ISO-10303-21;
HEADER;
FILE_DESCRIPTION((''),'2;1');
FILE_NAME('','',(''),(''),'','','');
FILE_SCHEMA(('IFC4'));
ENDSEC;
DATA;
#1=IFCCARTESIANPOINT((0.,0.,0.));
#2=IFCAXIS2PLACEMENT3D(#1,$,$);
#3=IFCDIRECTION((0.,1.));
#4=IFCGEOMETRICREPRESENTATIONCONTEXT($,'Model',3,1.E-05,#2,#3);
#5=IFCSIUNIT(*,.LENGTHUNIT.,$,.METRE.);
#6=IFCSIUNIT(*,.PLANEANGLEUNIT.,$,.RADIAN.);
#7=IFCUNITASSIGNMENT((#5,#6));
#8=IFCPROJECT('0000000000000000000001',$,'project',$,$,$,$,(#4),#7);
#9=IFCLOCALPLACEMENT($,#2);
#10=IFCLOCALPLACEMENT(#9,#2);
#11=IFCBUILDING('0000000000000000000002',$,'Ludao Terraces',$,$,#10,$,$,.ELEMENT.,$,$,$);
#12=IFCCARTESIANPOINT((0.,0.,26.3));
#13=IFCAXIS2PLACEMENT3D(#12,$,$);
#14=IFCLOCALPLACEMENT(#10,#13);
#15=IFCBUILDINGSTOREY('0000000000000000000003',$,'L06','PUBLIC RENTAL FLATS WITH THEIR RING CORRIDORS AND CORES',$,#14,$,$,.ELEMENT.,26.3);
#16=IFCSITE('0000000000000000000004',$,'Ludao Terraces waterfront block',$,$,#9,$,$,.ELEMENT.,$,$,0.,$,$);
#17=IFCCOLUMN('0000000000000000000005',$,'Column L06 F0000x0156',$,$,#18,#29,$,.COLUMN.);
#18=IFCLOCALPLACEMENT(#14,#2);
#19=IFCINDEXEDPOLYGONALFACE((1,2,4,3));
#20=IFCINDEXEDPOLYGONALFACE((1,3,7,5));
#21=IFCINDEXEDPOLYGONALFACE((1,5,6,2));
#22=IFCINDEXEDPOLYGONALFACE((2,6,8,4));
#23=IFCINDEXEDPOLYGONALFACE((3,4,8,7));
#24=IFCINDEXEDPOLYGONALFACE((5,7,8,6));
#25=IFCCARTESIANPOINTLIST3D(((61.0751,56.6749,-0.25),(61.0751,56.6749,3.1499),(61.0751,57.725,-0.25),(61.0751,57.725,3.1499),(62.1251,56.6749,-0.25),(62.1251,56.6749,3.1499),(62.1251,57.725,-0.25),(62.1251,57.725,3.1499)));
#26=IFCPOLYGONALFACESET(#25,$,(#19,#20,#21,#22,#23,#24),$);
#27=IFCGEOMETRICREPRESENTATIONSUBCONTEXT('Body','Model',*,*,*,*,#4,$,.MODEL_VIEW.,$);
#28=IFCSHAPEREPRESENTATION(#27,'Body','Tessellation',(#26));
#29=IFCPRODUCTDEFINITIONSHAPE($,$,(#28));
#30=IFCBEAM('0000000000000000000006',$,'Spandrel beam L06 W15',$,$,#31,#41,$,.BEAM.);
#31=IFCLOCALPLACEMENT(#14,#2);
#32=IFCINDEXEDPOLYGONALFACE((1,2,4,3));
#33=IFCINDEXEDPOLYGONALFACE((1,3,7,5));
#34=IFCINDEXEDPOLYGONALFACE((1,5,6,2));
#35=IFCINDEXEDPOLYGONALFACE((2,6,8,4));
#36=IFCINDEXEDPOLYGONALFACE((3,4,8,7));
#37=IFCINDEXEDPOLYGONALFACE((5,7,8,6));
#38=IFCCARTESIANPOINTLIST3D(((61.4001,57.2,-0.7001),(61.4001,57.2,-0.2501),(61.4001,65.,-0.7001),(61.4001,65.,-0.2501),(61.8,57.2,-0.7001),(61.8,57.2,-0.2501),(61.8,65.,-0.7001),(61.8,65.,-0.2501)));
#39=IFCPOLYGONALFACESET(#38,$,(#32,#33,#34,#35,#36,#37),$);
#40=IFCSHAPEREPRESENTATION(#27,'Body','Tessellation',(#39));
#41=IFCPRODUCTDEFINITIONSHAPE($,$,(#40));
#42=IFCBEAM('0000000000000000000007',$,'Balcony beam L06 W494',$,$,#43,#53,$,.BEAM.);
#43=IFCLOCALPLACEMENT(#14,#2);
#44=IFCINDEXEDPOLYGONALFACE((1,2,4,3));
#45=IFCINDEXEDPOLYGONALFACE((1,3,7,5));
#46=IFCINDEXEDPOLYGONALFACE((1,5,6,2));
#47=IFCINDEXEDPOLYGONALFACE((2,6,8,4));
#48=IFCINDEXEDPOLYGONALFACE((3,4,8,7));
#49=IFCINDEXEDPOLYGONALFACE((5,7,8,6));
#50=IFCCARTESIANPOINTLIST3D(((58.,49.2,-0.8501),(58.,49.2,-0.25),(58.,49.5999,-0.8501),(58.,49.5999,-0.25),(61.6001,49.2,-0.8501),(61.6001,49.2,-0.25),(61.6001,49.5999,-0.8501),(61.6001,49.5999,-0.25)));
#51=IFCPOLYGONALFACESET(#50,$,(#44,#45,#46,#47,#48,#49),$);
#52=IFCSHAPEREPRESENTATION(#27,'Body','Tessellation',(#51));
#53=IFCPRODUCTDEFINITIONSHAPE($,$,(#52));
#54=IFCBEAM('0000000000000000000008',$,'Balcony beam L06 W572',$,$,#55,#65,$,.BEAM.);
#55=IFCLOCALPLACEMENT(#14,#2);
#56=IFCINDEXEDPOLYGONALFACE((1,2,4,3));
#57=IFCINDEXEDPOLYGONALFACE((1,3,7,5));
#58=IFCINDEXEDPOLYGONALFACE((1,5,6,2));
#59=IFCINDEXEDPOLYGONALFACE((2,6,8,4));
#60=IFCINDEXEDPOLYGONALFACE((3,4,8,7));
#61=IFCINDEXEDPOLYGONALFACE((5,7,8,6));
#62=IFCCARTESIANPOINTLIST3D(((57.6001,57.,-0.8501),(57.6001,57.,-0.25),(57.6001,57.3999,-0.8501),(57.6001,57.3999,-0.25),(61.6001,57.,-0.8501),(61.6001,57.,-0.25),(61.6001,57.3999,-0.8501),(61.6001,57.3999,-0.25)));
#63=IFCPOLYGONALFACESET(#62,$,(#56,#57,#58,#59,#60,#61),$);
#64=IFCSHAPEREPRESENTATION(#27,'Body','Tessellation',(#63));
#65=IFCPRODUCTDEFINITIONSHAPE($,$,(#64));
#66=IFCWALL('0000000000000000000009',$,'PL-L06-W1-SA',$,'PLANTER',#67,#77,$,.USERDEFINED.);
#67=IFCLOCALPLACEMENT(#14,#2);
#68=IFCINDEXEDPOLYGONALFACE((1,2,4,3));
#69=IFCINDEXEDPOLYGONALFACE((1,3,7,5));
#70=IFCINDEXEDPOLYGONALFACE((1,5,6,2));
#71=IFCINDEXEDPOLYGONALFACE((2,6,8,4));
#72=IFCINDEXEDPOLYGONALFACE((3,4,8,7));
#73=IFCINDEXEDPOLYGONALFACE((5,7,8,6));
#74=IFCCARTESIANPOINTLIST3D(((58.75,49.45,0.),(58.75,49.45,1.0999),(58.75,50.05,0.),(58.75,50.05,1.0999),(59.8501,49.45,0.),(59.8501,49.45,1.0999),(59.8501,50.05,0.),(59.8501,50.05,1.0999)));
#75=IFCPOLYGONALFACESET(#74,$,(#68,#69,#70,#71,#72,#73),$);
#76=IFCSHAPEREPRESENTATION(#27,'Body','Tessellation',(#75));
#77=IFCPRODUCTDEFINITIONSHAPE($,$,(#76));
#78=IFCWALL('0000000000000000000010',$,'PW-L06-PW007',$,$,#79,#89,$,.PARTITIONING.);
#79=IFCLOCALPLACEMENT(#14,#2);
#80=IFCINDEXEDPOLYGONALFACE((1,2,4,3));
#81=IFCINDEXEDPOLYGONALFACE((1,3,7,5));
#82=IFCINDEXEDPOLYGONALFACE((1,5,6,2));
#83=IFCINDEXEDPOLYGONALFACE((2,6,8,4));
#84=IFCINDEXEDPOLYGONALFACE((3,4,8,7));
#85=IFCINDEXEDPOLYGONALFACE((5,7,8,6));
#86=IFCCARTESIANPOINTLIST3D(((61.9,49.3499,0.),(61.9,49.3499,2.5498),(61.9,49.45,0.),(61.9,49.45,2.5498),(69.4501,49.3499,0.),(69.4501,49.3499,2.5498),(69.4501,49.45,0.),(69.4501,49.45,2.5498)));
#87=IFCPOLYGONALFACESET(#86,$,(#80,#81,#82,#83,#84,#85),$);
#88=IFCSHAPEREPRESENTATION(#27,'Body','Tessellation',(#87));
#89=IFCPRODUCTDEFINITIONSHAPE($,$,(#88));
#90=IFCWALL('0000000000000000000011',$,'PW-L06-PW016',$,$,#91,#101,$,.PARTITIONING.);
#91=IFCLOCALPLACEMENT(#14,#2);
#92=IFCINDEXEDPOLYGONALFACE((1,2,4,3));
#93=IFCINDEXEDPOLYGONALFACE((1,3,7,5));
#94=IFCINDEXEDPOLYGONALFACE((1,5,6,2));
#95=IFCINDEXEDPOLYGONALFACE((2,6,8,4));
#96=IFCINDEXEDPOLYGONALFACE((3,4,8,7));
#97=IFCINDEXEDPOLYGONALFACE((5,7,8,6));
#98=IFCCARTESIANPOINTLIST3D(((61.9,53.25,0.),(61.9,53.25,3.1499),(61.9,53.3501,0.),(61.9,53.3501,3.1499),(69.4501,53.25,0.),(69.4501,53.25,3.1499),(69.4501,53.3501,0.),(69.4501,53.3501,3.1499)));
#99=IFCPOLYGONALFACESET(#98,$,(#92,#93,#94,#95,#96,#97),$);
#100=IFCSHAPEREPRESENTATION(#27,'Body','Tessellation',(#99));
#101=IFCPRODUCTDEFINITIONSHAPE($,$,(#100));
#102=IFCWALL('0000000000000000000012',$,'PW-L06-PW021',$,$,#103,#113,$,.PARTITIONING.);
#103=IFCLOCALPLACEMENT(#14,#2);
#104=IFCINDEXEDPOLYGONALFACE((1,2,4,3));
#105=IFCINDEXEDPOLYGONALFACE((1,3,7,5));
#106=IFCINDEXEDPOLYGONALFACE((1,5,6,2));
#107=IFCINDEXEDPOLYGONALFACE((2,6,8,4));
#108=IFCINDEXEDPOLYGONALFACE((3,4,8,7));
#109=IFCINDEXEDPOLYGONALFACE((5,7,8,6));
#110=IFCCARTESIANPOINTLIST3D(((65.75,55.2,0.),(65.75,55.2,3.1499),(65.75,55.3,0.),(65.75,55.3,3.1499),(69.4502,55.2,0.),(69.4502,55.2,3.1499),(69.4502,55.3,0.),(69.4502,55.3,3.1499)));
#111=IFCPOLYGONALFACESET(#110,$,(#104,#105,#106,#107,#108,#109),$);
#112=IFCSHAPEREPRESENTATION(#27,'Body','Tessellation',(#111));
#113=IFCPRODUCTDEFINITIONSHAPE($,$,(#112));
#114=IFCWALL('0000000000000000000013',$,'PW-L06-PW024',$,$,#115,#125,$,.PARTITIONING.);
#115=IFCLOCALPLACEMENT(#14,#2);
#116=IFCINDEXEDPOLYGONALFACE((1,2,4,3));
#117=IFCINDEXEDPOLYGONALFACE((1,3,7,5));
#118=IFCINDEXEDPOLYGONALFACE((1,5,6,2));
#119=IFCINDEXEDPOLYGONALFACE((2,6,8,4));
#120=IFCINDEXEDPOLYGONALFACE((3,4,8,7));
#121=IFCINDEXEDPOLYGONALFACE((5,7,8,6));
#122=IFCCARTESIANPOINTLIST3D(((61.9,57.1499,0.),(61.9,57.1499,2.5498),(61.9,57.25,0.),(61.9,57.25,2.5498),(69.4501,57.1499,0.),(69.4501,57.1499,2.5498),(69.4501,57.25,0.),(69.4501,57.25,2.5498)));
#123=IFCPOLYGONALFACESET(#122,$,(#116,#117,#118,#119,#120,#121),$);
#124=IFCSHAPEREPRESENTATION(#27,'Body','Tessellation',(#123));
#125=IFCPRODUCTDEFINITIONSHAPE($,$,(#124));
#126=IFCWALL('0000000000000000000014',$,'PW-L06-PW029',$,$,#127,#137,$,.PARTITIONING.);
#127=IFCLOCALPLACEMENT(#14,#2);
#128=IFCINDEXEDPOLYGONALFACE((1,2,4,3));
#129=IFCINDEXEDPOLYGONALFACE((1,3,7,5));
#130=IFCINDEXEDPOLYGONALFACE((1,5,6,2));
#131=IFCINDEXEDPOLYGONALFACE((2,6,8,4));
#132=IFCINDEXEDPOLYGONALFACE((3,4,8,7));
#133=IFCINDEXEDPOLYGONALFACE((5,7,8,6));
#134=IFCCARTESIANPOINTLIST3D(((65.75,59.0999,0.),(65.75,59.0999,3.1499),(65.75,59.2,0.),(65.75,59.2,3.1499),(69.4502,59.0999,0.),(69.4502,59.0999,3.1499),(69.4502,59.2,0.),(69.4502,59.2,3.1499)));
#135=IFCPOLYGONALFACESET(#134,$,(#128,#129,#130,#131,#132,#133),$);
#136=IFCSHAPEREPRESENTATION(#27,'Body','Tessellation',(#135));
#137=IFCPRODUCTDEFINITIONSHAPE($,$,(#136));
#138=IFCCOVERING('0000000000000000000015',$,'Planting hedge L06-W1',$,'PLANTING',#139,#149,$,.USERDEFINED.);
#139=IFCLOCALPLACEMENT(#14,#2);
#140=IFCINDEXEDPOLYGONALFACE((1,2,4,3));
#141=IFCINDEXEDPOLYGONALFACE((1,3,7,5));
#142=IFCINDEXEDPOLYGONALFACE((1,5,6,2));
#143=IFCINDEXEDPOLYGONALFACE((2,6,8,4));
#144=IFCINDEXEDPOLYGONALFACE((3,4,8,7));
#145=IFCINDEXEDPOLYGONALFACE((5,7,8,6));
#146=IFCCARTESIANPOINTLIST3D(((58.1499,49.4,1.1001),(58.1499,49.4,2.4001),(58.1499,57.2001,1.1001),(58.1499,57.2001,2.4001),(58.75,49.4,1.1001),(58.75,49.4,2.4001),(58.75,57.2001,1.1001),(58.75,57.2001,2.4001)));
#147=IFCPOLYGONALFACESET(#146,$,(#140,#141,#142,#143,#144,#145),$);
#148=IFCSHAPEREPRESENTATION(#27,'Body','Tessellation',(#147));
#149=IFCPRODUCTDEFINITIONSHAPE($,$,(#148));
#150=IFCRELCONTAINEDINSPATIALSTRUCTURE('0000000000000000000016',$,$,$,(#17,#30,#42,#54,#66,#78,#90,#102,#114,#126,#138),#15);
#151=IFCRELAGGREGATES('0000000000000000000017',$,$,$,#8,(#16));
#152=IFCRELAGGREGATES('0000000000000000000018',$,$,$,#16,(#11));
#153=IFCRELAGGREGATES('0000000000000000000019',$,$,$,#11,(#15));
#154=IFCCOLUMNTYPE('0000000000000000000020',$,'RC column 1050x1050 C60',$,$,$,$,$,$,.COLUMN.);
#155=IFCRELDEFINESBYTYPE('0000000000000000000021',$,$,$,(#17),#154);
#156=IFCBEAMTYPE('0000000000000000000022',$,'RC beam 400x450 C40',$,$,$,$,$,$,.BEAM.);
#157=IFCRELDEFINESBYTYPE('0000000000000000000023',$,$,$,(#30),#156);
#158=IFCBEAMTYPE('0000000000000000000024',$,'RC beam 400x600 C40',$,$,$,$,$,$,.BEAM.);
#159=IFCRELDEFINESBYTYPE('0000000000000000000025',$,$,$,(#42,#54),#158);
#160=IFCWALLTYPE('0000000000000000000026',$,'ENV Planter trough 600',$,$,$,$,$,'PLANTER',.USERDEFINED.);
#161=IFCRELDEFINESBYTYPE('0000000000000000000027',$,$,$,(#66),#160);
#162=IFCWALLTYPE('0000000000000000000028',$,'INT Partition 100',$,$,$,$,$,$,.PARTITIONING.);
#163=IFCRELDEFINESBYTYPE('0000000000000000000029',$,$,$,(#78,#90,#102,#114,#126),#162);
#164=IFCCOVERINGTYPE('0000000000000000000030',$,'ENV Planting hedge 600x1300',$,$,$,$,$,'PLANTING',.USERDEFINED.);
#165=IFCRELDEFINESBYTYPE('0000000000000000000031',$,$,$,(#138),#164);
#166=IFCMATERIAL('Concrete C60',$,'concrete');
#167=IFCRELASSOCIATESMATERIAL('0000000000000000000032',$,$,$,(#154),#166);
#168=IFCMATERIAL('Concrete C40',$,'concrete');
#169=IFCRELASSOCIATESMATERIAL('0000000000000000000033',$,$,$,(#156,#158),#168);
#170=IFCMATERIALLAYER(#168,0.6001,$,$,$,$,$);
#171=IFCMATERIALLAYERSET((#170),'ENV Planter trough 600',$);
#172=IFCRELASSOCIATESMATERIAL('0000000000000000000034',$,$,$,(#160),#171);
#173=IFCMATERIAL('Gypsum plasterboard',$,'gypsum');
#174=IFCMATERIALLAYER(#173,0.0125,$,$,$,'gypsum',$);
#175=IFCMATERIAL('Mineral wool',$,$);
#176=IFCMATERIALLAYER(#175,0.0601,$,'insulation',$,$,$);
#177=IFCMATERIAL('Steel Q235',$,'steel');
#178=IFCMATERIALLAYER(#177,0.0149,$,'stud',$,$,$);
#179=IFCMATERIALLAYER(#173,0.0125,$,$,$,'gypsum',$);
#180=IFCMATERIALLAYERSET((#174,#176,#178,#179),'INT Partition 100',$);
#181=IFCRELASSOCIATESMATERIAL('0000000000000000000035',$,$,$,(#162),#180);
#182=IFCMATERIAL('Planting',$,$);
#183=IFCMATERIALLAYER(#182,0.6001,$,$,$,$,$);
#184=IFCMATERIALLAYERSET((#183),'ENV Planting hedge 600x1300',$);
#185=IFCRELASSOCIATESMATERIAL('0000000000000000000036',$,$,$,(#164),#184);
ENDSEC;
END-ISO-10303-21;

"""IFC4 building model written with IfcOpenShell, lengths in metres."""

from ifc_helpers import new_model, si_unit, direction, frame, frame_2d, origin, origin_2d, place, context, subcontext, project, spatial, rectangle, extrude, material, layer, layer_set, material_profile, profile_set, type_object, element, save


model = new_model("IFC4")

# Units and contexts
model_context = context("Model", 3, precision=1e-05, world=origin(), true_north=direction((0.0, 1.0)))
body_context = subcontext(model_context, "Body", "Model", "MODEL_VIEW")
ifc_project = project(units=[si_unit("LENGTHUNIT", "METRE"), si_unit("PLANEANGLEUNIT", "RADIAN")], contexts=[model_context])

# Site, building, storey
site_placement = place(None, origin())
site = spatial("IfcSite", under=ifc_project, at=site_placement, Name="Ludao Terraces waterfront block", CompositionType="ELEMENT", RefElevation=0.0)
building_placement = place(site_placement, origin())
building = spatial("IfcBuilding", under=site, at=building_placement, Name="Ludao Terraces", CompositionType="ELEMENT")
storey_placement = place(building_placement, frame((0.0, 0.0, 26.3)))
storey = spatial("IfcBuildingStorey", under=building, at=storey_placement, Name="L06", Description="PUBLIC RENTAL FLATS WITH THEIR RING CORRIDORS AND CORES", CompositionType="ELEMENT", Elevation=26.3)

# Column
ifc_material_1 = material(Name="Concrete C60", Category="concrete")
ifc_material_profile_1 = material_profile(ifc_material_1, rectangle(XDim=1.05, YDim=1.05, at=origin_2d()), Name="1050 X 1050")
ifc_profile_set_1 = profile_set([ifc_material_profile_1], Name="Concrete C60")
column_type = type_object("IfcColumnType", Name="RC column 1050x1050 C60", PredefinedType="COLUMN", material=ifc_profile_set_1)
column_placement = place(storey_placement, frame((61.6001, 57.2, -0.25), z_axis=(0.0, 0.0, 1.0), x_axis=(1.0, 0.0, 0.0)))
element("IfcColumn", 1, at=column_placement, inside=storey, type_object=column_type, Name="Column L06 F0000x0156", PredefinedType="COLUMN", context=body_context, shape_type="SweptSolid", body=[
    extrude(rectangle(XDim=1.05, YDim=1.05, at=origin_2d()), origin(), (0.0, 0.0, 1.0), 3.3999),
])

# Beams
ifc_material_2 = material(Name="Concrete C40", Category="concrete")
ifc_material_profile_2 = material_profile(ifc_material_2, rectangle(XDim=0.3999, YDim=0.45, at=origin_2d()), Name="400 X 450")
ifc_profile_set_2 = profile_set([ifc_material_profile_2], Name="Concrete C40")
beam_type_1 = type_object("IfcBeamType", Name="RC beam 400x450 C40", PredefinedType="BEAM", material=ifc_profile_set_2)
beam_1_placement = place(storey_placement, frame((61.6001, 57.2, -0.4751), z_axis=(0.0, 1.0, 0.0), x_axis=(-1.0, 0.0, 0.0)))
element("IfcBeam", 2, at=beam_1_placement, inside=storey, type_object=beam_type_1, Name="Spandrel beam L06 W15", PredefinedType="BEAM", context=body_context, shape_type="SweptSolid", body=[
    extrude(rectangle(XDim=0.3999, YDim=0.45, at=origin_2d()), origin(), (0.0, 0.0, 1.0), 7.8),
])
ifc_material_profile_3 = material_profile(ifc_material_2, rectangle(XDim=0.3999, YDim=0.6001, at=origin_2d()), Name="400 X 600")
ifc_profile_set_3 = profile_set([ifc_material_profile_3], Name="Concrete C40")
beam_type_2 = type_object("IfcBeamType", Name="RC beam 400x600 C40", PredefinedType="BEAM", material=ifc_profile_set_3)
beam_2_placement = place(storey_placement, frame((61.6001, 49.3999, -0.55), z_axis=(-1.0, 0.0, 0.0), x_axis=(0.0, -1.0, 0.0)))
element("IfcBeam", 3, at=beam_2_placement, inside=storey, type_object=beam_type_2, Name="Balcony beam L06 W494", PredefinedType="BEAM", context=body_context, shape_type="SweptSolid", body=[
    extrude(rectangle(XDim=0.3999, YDim=0.6001, at=origin_2d()), origin(), (0.0, 0.0, 1.0), 3.6001),
])
beam_3_placement = place(storey_placement, frame((61.6001, 57.2, -0.55), z_axis=(-1.0, 0.0, 0.0), x_axis=(0.0, -1.0, 0.0)))
element("IfcBeam", 4, at=beam_3_placement, inside=storey, type_object=beam_type_2, Name="Balcony beam L06 W572", PredefinedType="BEAM", context=body_context, shape_type="SweptSolid", body=[
    extrude(rectangle(XDim=0.3999, YDim=0.6001, at=origin_2d()), origin(), (0.0, 0.0, 1.0), 4.0),
])

# Wall
ifc_layer_1 = layer(ifc_material_2, 0.6001)
ifc_layer_set_1 = layer_set([ifc_layer_1], Name="ENV Planter trough 600")
wall_type_1 = type_object("IfcWallType", Name="ENV Planter trough 600", ElementType="PLANTER", PredefinedType="USERDEFINED", material=ifc_layer_set_1)
wall_1_placement = place(storey_placement, frame((58.75, 49.75, 0.0), z_axis=(0.0, 0.0, 1.0), x_axis=(1.0, 0.0, 0.0)))
element("IfcWall", 5, at=wall_1_placement, inside=storey, type_object=wall_type_1, Name="PL-L06-W1-SA", ObjectType="PLANTER", PredefinedType="USERDEFINED", context=body_context, shape_type="SweptSolid", body=[
    extrude(rectangle(XDim=1.1001, YDim=0.6001, at=frame_2d((0.55, 0.0))), origin(), (0.0, 0.0, 1.0), 1.0999),
])

# Shared definitions
ifc_material_3 = material(Name="Mineral wool")

# Walls
ifc_material_4 = material(Name="Gypsum plasterboard", Category="gypsum")
ifc_layer_2 = layer(ifc_material_4, 0.0125, Category="gypsum")
ifc_layer_3 = layer(ifc_material_3, 0.0601, Name="insulation")
ifc_material_5 = material(Name="Steel Q235", Category="steel")
ifc_layer_4 = layer(ifc_material_5, 0.0149, Name="stud")
ifc_layer_5 = layer(ifc_material_4, 0.0125, Category="gypsum")
ifc_layer_set_2 = layer_set([ifc_layer_2, ifc_layer_3, ifc_layer_4, ifc_layer_5], Name="INT Partition 100")
wall_type_2 = type_object("IfcWallType", Name="INT Partition 100", PredefinedType="PARTITIONING", material=ifc_layer_set_2)
wall_2_placement = place(storey_placement, frame((61.9001, 49.3999, 0.0), z_axis=(0.0, 0.0, 1.0), x_axis=(1.0, 0.0, 0.0)))
element("IfcWall", 6, at=wall_2_placement, inside=storey, type_object=wall_type_2, Name="PW-L06-PW007", PredefinedType="PARTITIONING", context=body_context, shape_type="SweptSolid", body=[
    extrude(rectangle(XDim=7.55, YDim=0.1001, at=frame_2d((3.7749, 0.0))), origin(), (0.0, 0.0, 1.0), 2.5498),
])
wall_3_placement = place(storey_placement, frame((61.9001, 53.3, 0.0), z_axis=(0.0, 0.0, 1.0), x_axis=(1.0, 0.0, 0.0)))
element("IfcWall", 7, at=wall_3_placement, inside=storey, type_object=wall_type_2, Name="PW-L06-PW016", PredefinedType="PARTITIONING", context=body_context, shape_type="SweptSolid", body=[
    extrude(rectangle(XDim=7.55, YDim=0.1001, at=frame_2d((3.7749, 0.0))), origin(), (0.0, 0.0, 1.0), 3.1499),
])
wall_4_placement = place(storey_placement, frame((65.75, 55.25, 0.0), z_axis=(0.0, 0.0, 1.0), x_axis=(1.0, 0.0, 0.0)))
element("IfcWall", 8, at=wall_4_placement, inside=storey, type_object=wall_type_2, Name="PW-L06-PW021", PredefinedType="PARTITIONING", context=body_context, shape_type="SweptSolid", body=[
    extrude(rectangle(XDim=3.7002, YDim=0.1001, at=frame_2d((1.8501, 0.0))), origin(), (0.0, 0.0, 1.0), 3.1499),
])
wall_5_placement = place(storey_placement, frame((61.9001, 57.2, 0.0), z_axis=(0.0, 0.0, 1.0), x_axis=(1.0, 0.0, 0.0)))
element("IfcWall", 9, at=wall_5_placement, inside=storey, type_object=wall_type_2, Name="PW-L06-PW024", PredefinedType="PARTITIONING", context=body_context, shape_type="SweptSolid", body=[
    extrude(rectangle(XDim=7.55, YDim=0.1001, at=frame_2d((3.7749, 0.0))), origin(), (0.0, 0.0, 1.0), 2.5498),
])
wall_6_placement = place(storey_placement, frame((65.75, 59.1499, 0.0), z_axis=(0.0, 0.0, 1.0), x_axis=(1.0, 0.0, 0.0)))
element("IfcWall", 10, at=wall_6_placement, inside=storey, type_object=wall_type_2, Name="PW-L06-PW029", PredefinedType="PARTITIONING", context=body_context, shape_type="SweptSolid", body=[
    extrude(rectangle(XDim=3.7002, YDim=0.1001, at=frame_2d((1.8501, 0.0))), origin(), (0.0, 0.0, 1.0), 3.1499),
])

# Covering
ifc_material_6 = material(Name="Planting")
ifc_layer_6 = layer(ifc_material_6, 0.6001)
ifc_layer_set_3 = layer_set([ifc_layer_6], Name="ENV Planting hedge 600x1300")
covering_type = type_object("IfcCoveringType", Name="ENV Planting hedge 600x1300", ElementType="PLANTING", PredefinedType="USERDEFINED", material=ifc_layer_set_3)
covering_placement = place(storey_placement, frame((58.45, 53.3, 1.1001), z_axis=(0.0, 0.0, 1.0), x_axis=(1.0, 0.0, 0.0)))
element("IfcCovering", 11, at=covering_placement, inside=storey, type_object=covering_type, Name="Planting hedge L06-W1", ObjectType="PLANTING", PredefinedType="USERDEFINED", context=body_context, shape_type="SweptSolid", body=[
    extrude(rectangle(XDim=0.6001, YDim=7.8, at=origin_2d()), origin(), (0.0, 0.0, 1.0), 1.3),
])

save(model, "model.ifc")
